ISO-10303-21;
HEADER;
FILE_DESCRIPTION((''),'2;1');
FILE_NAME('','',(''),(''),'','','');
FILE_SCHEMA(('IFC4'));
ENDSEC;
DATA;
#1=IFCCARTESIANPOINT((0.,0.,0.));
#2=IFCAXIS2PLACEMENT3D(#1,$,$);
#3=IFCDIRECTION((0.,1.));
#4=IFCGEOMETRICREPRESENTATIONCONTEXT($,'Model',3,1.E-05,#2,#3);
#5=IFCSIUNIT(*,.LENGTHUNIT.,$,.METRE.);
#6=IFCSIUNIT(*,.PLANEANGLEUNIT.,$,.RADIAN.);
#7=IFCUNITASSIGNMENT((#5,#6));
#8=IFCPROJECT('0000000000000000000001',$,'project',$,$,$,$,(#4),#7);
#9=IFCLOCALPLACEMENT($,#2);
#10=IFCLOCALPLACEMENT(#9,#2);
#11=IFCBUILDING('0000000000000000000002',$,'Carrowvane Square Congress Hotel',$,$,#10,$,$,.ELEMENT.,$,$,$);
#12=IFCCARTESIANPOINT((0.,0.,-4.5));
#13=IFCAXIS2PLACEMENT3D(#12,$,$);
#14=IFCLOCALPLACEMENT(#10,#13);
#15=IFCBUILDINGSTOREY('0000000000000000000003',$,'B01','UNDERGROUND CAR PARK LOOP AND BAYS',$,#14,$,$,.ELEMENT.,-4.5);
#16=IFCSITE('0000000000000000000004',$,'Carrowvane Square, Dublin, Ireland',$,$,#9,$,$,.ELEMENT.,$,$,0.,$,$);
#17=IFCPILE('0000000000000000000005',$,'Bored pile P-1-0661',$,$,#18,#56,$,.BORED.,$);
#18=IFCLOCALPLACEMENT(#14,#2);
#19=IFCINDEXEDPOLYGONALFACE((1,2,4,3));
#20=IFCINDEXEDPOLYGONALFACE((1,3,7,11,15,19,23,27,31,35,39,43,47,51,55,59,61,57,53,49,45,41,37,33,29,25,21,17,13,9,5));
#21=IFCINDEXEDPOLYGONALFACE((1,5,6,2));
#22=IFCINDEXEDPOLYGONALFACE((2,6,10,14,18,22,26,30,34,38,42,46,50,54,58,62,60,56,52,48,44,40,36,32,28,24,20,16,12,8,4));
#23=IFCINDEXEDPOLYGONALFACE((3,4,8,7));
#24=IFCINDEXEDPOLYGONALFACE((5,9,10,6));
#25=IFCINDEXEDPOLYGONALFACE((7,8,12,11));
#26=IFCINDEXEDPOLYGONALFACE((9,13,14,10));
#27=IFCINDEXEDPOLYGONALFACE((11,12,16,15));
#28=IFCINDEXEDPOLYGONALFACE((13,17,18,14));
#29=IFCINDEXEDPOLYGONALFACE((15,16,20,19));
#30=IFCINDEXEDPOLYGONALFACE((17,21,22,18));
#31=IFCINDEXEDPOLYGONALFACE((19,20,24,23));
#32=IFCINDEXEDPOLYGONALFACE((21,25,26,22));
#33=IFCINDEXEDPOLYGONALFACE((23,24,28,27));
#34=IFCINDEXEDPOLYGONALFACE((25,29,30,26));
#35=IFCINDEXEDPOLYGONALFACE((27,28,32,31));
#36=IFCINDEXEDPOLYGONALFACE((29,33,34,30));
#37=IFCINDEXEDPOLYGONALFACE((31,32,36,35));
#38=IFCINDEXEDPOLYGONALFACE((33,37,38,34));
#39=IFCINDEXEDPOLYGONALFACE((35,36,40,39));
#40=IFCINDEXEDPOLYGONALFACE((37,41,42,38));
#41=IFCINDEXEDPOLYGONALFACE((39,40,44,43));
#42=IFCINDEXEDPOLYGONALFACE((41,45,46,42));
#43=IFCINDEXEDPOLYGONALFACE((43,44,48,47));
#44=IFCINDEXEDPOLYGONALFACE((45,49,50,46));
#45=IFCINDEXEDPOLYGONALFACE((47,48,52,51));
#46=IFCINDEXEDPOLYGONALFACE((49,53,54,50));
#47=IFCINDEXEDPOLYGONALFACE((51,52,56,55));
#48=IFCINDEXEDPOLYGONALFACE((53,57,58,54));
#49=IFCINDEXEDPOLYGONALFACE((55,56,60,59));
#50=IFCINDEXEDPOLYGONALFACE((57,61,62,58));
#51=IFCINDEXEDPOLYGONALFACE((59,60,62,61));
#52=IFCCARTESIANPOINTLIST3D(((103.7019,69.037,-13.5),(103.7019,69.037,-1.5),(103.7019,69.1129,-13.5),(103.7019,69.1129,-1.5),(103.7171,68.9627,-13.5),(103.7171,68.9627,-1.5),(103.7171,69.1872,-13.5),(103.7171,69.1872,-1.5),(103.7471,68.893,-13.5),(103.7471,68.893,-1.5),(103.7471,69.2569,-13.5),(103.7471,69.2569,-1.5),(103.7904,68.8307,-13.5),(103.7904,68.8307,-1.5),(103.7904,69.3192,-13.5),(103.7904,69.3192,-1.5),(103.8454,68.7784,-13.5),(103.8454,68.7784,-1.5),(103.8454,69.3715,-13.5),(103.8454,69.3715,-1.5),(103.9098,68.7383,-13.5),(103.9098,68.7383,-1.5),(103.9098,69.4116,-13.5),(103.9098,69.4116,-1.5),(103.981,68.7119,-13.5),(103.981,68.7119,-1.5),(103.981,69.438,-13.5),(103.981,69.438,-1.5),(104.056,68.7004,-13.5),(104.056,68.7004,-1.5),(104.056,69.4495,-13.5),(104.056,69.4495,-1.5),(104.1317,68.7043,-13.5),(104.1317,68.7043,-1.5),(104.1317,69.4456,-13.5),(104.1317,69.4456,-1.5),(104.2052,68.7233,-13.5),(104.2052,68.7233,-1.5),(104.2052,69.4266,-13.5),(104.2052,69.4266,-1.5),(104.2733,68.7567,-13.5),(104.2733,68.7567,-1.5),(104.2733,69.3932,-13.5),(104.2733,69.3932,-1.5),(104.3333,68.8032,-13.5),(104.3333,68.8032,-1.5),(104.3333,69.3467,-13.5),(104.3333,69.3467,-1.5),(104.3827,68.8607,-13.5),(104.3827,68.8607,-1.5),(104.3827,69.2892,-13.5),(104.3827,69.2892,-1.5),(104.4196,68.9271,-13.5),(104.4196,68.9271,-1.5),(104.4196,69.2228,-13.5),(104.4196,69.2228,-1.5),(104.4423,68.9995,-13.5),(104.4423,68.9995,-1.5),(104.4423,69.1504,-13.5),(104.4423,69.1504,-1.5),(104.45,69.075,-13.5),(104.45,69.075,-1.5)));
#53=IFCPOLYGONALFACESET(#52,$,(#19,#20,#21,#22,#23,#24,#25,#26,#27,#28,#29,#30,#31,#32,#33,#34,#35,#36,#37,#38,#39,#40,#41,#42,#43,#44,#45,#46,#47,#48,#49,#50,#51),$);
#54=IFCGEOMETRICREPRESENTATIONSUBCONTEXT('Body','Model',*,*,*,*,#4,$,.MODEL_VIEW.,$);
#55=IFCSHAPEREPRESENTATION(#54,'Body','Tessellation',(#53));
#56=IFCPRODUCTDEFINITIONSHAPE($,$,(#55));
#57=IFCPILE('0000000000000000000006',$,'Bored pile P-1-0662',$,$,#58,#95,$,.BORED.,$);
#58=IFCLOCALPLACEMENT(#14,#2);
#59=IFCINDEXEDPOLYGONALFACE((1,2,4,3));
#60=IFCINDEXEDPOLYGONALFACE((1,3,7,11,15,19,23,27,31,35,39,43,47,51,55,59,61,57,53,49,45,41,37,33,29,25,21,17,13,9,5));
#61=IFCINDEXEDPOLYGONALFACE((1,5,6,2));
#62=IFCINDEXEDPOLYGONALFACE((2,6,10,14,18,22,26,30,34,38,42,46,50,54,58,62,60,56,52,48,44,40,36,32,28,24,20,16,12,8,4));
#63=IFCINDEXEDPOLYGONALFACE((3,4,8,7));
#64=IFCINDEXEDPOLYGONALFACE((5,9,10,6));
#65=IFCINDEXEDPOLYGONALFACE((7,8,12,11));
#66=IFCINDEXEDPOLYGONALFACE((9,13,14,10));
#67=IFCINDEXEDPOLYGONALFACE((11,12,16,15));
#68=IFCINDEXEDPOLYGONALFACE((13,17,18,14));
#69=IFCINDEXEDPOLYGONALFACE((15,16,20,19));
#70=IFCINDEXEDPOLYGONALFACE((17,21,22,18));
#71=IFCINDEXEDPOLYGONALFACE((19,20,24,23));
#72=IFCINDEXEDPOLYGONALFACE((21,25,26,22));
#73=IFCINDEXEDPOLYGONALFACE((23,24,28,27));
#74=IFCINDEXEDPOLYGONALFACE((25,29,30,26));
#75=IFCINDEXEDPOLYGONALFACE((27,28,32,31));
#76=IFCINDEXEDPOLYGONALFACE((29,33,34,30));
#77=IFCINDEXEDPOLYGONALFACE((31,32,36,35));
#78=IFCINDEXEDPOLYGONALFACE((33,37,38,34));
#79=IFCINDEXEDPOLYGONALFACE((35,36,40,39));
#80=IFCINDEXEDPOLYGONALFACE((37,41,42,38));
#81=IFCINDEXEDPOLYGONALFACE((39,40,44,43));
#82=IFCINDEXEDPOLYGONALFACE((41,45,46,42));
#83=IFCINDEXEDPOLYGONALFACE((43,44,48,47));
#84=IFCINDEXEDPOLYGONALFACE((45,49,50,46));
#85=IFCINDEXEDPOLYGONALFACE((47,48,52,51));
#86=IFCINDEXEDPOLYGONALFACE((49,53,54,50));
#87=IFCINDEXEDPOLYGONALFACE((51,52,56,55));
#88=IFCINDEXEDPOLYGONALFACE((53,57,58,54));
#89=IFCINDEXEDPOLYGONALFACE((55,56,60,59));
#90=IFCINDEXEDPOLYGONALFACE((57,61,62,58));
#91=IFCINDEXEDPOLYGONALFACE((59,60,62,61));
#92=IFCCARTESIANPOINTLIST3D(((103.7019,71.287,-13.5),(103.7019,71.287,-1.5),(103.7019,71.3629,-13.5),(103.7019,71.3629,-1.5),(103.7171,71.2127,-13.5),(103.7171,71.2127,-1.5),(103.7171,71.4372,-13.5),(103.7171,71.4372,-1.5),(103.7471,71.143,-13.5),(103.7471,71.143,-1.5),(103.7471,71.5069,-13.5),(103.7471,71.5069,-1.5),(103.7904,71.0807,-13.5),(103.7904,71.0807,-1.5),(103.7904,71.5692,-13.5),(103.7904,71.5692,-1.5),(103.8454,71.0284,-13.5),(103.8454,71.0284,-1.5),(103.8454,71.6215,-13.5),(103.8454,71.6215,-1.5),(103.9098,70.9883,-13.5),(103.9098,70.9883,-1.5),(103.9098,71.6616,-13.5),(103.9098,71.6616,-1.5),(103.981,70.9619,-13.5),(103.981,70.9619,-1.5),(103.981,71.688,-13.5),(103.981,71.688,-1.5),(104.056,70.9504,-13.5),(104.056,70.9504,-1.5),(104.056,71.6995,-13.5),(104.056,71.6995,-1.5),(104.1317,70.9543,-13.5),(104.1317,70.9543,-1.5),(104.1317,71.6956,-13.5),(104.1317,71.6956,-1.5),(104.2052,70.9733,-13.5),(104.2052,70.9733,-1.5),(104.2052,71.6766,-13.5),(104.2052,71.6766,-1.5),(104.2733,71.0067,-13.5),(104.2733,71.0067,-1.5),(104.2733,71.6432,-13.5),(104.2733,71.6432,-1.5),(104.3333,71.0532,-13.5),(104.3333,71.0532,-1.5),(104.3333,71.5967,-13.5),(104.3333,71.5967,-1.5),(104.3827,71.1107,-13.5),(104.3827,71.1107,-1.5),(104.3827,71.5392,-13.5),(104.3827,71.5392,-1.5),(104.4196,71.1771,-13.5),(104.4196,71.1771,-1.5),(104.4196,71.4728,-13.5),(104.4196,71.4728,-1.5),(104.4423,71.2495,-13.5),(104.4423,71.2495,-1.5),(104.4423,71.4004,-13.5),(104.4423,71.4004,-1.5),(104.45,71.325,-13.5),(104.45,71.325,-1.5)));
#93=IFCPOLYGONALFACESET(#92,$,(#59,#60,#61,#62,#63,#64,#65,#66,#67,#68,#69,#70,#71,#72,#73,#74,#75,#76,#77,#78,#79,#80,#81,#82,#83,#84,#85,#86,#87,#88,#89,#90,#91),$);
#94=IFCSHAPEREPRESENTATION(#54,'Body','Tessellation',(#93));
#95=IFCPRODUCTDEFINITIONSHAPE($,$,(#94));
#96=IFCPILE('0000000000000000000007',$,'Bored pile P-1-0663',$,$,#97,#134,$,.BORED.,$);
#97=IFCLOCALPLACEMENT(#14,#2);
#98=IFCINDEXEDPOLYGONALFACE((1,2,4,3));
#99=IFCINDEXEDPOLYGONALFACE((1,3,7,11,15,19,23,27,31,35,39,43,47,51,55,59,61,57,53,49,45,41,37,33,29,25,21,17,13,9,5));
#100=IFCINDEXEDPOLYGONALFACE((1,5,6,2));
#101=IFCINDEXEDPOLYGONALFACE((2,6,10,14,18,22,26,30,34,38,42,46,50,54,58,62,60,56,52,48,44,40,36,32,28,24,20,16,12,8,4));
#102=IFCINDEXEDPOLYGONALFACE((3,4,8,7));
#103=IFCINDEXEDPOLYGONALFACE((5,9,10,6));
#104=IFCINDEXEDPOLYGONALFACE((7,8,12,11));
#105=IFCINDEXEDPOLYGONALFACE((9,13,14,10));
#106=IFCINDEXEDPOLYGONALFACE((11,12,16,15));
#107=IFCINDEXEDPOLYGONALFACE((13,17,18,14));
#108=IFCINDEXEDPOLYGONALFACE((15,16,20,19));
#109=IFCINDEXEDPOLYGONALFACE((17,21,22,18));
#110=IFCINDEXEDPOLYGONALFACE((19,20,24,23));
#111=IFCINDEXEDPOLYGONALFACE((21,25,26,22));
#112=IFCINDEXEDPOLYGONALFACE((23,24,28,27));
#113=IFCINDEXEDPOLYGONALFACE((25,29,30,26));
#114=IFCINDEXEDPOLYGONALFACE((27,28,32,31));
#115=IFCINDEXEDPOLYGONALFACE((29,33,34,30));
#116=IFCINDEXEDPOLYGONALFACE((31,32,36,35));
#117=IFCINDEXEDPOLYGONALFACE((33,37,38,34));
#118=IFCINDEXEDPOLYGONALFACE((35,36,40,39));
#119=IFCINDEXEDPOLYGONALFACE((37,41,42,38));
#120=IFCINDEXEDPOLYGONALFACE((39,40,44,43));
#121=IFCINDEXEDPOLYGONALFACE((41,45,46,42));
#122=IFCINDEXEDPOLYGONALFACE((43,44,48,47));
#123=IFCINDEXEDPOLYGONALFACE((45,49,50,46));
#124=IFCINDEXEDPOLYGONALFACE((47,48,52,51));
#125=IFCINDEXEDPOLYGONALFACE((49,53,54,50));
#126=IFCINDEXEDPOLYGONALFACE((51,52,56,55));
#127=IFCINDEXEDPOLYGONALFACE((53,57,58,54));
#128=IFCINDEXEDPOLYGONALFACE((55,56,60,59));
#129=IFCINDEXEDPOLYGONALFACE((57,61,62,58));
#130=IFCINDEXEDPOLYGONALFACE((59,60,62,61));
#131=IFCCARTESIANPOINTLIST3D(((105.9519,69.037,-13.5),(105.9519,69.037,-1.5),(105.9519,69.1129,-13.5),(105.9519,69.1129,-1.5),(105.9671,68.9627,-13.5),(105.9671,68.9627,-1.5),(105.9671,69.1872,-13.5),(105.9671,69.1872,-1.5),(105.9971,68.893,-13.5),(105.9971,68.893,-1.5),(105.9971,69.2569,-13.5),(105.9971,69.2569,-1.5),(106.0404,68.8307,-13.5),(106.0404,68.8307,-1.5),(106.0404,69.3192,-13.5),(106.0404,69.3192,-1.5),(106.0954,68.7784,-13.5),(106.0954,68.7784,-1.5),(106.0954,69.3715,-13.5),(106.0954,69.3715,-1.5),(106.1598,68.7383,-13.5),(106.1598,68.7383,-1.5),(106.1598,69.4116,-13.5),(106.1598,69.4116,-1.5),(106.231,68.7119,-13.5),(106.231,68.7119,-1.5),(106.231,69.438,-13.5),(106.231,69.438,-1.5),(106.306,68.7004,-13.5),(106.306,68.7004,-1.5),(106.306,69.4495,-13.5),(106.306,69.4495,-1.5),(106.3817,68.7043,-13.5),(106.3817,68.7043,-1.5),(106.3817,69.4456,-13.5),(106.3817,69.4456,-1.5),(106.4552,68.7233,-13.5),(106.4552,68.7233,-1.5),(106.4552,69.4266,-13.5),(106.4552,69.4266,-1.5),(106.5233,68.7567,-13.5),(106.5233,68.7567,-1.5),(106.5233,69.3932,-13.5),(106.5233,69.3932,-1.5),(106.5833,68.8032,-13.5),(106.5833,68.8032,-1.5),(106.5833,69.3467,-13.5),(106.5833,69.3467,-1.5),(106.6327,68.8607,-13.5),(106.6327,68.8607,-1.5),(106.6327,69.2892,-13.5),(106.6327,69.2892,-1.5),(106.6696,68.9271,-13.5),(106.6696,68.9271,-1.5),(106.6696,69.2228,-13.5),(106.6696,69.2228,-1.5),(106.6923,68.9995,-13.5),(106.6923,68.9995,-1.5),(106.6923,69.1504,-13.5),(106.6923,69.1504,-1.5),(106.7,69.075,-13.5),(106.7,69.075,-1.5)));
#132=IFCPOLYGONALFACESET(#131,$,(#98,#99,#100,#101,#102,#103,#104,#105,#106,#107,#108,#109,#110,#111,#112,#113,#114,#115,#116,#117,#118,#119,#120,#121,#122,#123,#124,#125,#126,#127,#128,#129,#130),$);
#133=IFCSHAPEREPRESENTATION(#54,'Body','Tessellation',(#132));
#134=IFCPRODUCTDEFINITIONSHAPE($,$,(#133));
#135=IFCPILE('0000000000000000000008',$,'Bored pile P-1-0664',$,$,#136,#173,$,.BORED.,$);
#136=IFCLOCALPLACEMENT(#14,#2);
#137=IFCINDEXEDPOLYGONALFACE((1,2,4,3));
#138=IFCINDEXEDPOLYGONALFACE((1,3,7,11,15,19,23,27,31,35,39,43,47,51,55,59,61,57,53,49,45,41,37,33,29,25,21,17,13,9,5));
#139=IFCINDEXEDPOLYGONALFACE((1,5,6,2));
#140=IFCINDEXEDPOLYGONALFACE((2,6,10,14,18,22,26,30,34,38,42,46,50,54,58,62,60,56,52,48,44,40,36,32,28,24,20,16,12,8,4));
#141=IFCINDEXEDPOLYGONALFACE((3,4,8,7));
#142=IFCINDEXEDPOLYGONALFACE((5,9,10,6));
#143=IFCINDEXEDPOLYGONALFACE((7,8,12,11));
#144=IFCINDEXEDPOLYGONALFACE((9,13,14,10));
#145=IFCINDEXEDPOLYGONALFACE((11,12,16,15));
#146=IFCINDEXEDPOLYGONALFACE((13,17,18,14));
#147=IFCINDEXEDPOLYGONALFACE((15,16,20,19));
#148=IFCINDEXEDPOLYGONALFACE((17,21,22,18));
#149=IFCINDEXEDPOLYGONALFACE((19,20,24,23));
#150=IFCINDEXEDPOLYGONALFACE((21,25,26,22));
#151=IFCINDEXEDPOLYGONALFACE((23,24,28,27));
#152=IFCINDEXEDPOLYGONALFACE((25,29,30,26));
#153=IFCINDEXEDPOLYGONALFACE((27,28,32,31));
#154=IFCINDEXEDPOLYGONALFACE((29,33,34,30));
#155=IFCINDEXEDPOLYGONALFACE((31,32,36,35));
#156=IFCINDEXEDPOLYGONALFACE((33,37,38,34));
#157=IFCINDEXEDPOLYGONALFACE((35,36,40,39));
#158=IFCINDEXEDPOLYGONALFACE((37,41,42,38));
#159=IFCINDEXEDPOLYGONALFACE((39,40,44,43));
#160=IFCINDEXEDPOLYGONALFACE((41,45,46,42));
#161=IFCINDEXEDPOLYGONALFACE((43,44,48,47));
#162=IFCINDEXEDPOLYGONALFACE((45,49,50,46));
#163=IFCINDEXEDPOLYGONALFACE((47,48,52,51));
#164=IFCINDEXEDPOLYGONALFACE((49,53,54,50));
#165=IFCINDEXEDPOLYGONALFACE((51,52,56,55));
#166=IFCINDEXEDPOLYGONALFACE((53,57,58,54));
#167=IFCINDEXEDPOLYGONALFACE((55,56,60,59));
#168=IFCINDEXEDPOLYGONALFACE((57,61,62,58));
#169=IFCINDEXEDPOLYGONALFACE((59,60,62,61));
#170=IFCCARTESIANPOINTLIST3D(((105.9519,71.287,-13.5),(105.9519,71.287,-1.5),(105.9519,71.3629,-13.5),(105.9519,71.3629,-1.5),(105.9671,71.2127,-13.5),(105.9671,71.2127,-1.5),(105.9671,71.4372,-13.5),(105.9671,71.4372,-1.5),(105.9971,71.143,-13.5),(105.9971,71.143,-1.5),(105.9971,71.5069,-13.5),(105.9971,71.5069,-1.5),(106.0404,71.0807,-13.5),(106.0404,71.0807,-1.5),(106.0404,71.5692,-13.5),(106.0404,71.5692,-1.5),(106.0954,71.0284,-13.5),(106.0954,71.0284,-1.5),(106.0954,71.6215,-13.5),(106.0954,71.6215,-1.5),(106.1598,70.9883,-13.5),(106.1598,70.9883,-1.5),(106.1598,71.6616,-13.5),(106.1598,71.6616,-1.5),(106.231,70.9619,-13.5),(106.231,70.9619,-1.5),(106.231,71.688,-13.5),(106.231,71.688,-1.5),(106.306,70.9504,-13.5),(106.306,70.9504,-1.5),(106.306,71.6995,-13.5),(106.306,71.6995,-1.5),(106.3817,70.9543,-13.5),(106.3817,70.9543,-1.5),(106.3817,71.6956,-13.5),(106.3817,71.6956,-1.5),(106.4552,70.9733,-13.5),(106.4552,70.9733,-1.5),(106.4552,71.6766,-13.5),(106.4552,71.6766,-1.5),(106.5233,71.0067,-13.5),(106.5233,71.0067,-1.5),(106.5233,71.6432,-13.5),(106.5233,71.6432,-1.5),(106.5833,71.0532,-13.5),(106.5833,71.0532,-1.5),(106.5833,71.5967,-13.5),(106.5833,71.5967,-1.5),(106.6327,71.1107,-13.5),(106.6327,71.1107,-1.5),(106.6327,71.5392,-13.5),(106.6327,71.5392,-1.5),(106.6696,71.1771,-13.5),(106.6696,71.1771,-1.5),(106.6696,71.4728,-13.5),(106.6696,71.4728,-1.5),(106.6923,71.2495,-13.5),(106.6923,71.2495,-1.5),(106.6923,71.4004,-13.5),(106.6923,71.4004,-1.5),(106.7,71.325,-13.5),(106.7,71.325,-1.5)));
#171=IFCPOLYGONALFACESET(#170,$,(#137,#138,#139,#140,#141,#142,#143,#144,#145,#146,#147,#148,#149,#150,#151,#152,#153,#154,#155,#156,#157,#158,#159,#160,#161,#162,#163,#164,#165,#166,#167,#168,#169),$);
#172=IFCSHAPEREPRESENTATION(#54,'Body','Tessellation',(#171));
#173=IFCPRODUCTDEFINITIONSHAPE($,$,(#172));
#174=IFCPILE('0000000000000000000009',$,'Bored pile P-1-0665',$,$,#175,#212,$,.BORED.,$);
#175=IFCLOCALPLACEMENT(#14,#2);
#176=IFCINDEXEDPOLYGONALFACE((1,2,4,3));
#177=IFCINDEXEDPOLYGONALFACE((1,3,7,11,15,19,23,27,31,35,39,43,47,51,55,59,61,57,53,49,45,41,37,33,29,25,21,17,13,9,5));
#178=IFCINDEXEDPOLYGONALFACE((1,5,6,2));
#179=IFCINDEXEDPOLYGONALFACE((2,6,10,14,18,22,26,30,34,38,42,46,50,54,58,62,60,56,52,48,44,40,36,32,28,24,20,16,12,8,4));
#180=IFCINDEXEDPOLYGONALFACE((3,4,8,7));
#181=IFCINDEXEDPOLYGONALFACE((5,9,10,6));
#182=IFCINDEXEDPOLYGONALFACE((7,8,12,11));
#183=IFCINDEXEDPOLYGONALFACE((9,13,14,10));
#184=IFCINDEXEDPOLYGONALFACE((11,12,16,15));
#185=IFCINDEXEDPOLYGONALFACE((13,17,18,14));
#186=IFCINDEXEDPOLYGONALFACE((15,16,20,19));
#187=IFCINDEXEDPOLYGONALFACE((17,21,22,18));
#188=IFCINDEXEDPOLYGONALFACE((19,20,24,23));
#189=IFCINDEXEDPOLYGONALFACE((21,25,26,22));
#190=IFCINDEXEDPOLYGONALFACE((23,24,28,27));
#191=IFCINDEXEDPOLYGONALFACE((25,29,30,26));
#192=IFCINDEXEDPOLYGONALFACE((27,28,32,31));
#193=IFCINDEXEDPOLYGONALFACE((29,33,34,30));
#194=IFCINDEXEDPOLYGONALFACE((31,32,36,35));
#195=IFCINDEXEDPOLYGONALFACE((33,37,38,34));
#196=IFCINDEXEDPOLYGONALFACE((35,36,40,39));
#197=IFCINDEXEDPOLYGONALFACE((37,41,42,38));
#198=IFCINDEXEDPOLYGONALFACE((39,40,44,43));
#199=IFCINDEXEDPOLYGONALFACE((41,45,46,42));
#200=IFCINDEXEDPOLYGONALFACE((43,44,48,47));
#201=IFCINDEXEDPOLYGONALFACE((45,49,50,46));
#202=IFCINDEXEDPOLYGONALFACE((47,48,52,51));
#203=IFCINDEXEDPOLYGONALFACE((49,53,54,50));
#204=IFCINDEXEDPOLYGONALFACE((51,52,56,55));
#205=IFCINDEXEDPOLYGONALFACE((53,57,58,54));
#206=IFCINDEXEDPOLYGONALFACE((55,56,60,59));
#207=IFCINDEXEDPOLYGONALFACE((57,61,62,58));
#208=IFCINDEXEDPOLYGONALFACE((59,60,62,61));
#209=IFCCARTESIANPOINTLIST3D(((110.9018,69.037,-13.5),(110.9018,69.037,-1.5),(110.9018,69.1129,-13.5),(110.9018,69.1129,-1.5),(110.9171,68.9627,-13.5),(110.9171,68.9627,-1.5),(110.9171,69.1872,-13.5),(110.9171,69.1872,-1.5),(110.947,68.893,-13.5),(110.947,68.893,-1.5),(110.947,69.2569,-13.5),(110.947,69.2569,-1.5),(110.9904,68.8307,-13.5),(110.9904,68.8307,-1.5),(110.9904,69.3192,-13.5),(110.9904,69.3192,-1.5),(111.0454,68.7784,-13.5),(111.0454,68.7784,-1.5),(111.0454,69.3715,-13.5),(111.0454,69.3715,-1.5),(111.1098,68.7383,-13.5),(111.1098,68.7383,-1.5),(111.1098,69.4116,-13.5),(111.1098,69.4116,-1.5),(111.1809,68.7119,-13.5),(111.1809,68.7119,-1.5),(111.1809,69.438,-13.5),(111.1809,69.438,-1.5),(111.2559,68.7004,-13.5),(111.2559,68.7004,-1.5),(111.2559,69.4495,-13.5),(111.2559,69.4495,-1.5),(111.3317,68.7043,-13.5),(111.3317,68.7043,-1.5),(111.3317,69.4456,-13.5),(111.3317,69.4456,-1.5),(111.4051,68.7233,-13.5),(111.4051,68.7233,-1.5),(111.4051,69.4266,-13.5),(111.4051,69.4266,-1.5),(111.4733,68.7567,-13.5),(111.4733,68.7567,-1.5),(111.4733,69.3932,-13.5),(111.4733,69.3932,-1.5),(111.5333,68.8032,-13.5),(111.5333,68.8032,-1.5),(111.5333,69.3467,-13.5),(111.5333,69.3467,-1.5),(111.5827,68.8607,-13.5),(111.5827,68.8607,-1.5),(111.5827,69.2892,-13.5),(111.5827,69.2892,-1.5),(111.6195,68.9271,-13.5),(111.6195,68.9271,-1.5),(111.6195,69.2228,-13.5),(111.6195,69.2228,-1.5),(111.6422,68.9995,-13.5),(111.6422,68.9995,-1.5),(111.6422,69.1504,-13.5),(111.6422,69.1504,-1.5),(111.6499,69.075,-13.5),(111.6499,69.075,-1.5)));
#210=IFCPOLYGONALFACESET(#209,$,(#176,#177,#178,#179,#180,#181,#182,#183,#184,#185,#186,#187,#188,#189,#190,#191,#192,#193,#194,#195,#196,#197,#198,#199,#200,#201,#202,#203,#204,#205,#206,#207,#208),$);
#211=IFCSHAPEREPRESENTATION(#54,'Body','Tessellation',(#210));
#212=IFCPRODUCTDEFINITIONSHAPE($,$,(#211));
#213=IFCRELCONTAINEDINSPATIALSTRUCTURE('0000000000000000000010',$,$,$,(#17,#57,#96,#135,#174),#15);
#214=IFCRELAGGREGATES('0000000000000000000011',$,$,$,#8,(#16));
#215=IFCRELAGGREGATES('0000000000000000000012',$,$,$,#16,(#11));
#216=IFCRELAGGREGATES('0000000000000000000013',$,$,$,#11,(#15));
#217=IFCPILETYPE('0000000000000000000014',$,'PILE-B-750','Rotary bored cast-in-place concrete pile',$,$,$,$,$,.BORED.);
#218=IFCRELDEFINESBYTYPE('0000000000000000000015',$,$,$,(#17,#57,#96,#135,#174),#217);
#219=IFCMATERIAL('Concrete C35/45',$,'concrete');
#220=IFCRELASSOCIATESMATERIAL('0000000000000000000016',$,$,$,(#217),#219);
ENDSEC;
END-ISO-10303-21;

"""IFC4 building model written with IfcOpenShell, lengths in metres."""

from ifc_helpers import new_model, si_unit, direction, frame, origin, origin_2d, place, context, subcontext, project, spatial, circle, extrude, material, material_profile, profile_set, type_object, element, save


model = new_model("IFC4")

# Units and contexts
model_context = context("Model", 3, precision=1e-05, world=origin(), true_north=direction((0.0, 1.0)))
body_context = subcontext(model_context, "Body", "Model", "MODEL_VIEW")
ifc_project = project(units=[si_unit("LENGTHUNIT", "METRE"), si_unit("PLANEANGLEUNIT", "RADIAN")], contexts=[model_context])

# Site, building, storey
site_placement = place(None, origin())
site = spatial("IfcSite", under=ifc_project, at=site_placement, Name="Carrowvane Square, Dublin, Ireland", CompositionType="ELEMENT", RefElevation=0.0)
building_placement = place(site_placement, origin())
building = spatial("IfcBuilding", under=site, at=building_placement, Name="Carrowvane Square Congress Hotel", CompositionType="ELEMENT")
storey_placement = place(building_placement, frame((0.0, 0.0, -4.5)))
storey = spatial("IfcBuildingStorey", under=building, at=storey_placement, Name="B01", Description="UNDERGROUND CAR PARK LOOP AND BAYS", CompositionType="ELEMENT", Elevation=-4.5)

# Piles
ifc_material_1 = material(Name="Concrete C35/45", Category="concrete")
ifc_material_profile_1 = material_profile(ifc_material_1, circle(Radius=0.375, at=origin_2d()), Name="PILE D750")
ifc_profile_set_1 = profile_set([ifc_material_profile_1], Name="Concrete C35/45")
pile_type = type_object("IfcPileType", Name="PILE-B-750", Description="Rotary bored cast-in-place concrete pile", PredefinedType="BORED", material=ifc_profile_set_1)
for number, where, z_axis, x_axis, name in (
    (1, (104.075, 69.075, -1.5), (0.0, 0.0, -1.0), (1.0, 0.0, 0.0), "Bored pile P-1-0661"),
    (2, (104.075, 71.325, -1.5), (0.0, 0.0, -1.0), (1.0, 0.0, 0.0), "Bored pile P-1-0662"),
    (3, (106.325, 69.075, -1.5), (0.0, 0.0, -1.0), (1.0, 0.0, 0.0), "Bored pile P-1-0663"),
    (4, (106.325, 71.325, -1.5), (0.0, 0.0, -1.0), (1.0, 0.0, 0.0), "Bored pile P-1-0664"),
    (5, (111.2749, 69.075, -1.5), (0.0, 0.0, -1.0), (1.0, 0.0, 0.0), "Bored pile P-1-0665"),
):
    element("IfcPile", number, at=place(storey_placement, frame(where, z_axis=z_axis, x_axis=x_axis)), inside=storey, type_object=pile_type, Name=name, PredefinedType="BORED", context=body_context, shape_type="SweptSolid", body=[
        extrude(circle(Radius=0.375, at=origin_2d()), origin(), (0.0, 0.0, 1.0), 12.0),
    ])

save(model, "model.ifc")
